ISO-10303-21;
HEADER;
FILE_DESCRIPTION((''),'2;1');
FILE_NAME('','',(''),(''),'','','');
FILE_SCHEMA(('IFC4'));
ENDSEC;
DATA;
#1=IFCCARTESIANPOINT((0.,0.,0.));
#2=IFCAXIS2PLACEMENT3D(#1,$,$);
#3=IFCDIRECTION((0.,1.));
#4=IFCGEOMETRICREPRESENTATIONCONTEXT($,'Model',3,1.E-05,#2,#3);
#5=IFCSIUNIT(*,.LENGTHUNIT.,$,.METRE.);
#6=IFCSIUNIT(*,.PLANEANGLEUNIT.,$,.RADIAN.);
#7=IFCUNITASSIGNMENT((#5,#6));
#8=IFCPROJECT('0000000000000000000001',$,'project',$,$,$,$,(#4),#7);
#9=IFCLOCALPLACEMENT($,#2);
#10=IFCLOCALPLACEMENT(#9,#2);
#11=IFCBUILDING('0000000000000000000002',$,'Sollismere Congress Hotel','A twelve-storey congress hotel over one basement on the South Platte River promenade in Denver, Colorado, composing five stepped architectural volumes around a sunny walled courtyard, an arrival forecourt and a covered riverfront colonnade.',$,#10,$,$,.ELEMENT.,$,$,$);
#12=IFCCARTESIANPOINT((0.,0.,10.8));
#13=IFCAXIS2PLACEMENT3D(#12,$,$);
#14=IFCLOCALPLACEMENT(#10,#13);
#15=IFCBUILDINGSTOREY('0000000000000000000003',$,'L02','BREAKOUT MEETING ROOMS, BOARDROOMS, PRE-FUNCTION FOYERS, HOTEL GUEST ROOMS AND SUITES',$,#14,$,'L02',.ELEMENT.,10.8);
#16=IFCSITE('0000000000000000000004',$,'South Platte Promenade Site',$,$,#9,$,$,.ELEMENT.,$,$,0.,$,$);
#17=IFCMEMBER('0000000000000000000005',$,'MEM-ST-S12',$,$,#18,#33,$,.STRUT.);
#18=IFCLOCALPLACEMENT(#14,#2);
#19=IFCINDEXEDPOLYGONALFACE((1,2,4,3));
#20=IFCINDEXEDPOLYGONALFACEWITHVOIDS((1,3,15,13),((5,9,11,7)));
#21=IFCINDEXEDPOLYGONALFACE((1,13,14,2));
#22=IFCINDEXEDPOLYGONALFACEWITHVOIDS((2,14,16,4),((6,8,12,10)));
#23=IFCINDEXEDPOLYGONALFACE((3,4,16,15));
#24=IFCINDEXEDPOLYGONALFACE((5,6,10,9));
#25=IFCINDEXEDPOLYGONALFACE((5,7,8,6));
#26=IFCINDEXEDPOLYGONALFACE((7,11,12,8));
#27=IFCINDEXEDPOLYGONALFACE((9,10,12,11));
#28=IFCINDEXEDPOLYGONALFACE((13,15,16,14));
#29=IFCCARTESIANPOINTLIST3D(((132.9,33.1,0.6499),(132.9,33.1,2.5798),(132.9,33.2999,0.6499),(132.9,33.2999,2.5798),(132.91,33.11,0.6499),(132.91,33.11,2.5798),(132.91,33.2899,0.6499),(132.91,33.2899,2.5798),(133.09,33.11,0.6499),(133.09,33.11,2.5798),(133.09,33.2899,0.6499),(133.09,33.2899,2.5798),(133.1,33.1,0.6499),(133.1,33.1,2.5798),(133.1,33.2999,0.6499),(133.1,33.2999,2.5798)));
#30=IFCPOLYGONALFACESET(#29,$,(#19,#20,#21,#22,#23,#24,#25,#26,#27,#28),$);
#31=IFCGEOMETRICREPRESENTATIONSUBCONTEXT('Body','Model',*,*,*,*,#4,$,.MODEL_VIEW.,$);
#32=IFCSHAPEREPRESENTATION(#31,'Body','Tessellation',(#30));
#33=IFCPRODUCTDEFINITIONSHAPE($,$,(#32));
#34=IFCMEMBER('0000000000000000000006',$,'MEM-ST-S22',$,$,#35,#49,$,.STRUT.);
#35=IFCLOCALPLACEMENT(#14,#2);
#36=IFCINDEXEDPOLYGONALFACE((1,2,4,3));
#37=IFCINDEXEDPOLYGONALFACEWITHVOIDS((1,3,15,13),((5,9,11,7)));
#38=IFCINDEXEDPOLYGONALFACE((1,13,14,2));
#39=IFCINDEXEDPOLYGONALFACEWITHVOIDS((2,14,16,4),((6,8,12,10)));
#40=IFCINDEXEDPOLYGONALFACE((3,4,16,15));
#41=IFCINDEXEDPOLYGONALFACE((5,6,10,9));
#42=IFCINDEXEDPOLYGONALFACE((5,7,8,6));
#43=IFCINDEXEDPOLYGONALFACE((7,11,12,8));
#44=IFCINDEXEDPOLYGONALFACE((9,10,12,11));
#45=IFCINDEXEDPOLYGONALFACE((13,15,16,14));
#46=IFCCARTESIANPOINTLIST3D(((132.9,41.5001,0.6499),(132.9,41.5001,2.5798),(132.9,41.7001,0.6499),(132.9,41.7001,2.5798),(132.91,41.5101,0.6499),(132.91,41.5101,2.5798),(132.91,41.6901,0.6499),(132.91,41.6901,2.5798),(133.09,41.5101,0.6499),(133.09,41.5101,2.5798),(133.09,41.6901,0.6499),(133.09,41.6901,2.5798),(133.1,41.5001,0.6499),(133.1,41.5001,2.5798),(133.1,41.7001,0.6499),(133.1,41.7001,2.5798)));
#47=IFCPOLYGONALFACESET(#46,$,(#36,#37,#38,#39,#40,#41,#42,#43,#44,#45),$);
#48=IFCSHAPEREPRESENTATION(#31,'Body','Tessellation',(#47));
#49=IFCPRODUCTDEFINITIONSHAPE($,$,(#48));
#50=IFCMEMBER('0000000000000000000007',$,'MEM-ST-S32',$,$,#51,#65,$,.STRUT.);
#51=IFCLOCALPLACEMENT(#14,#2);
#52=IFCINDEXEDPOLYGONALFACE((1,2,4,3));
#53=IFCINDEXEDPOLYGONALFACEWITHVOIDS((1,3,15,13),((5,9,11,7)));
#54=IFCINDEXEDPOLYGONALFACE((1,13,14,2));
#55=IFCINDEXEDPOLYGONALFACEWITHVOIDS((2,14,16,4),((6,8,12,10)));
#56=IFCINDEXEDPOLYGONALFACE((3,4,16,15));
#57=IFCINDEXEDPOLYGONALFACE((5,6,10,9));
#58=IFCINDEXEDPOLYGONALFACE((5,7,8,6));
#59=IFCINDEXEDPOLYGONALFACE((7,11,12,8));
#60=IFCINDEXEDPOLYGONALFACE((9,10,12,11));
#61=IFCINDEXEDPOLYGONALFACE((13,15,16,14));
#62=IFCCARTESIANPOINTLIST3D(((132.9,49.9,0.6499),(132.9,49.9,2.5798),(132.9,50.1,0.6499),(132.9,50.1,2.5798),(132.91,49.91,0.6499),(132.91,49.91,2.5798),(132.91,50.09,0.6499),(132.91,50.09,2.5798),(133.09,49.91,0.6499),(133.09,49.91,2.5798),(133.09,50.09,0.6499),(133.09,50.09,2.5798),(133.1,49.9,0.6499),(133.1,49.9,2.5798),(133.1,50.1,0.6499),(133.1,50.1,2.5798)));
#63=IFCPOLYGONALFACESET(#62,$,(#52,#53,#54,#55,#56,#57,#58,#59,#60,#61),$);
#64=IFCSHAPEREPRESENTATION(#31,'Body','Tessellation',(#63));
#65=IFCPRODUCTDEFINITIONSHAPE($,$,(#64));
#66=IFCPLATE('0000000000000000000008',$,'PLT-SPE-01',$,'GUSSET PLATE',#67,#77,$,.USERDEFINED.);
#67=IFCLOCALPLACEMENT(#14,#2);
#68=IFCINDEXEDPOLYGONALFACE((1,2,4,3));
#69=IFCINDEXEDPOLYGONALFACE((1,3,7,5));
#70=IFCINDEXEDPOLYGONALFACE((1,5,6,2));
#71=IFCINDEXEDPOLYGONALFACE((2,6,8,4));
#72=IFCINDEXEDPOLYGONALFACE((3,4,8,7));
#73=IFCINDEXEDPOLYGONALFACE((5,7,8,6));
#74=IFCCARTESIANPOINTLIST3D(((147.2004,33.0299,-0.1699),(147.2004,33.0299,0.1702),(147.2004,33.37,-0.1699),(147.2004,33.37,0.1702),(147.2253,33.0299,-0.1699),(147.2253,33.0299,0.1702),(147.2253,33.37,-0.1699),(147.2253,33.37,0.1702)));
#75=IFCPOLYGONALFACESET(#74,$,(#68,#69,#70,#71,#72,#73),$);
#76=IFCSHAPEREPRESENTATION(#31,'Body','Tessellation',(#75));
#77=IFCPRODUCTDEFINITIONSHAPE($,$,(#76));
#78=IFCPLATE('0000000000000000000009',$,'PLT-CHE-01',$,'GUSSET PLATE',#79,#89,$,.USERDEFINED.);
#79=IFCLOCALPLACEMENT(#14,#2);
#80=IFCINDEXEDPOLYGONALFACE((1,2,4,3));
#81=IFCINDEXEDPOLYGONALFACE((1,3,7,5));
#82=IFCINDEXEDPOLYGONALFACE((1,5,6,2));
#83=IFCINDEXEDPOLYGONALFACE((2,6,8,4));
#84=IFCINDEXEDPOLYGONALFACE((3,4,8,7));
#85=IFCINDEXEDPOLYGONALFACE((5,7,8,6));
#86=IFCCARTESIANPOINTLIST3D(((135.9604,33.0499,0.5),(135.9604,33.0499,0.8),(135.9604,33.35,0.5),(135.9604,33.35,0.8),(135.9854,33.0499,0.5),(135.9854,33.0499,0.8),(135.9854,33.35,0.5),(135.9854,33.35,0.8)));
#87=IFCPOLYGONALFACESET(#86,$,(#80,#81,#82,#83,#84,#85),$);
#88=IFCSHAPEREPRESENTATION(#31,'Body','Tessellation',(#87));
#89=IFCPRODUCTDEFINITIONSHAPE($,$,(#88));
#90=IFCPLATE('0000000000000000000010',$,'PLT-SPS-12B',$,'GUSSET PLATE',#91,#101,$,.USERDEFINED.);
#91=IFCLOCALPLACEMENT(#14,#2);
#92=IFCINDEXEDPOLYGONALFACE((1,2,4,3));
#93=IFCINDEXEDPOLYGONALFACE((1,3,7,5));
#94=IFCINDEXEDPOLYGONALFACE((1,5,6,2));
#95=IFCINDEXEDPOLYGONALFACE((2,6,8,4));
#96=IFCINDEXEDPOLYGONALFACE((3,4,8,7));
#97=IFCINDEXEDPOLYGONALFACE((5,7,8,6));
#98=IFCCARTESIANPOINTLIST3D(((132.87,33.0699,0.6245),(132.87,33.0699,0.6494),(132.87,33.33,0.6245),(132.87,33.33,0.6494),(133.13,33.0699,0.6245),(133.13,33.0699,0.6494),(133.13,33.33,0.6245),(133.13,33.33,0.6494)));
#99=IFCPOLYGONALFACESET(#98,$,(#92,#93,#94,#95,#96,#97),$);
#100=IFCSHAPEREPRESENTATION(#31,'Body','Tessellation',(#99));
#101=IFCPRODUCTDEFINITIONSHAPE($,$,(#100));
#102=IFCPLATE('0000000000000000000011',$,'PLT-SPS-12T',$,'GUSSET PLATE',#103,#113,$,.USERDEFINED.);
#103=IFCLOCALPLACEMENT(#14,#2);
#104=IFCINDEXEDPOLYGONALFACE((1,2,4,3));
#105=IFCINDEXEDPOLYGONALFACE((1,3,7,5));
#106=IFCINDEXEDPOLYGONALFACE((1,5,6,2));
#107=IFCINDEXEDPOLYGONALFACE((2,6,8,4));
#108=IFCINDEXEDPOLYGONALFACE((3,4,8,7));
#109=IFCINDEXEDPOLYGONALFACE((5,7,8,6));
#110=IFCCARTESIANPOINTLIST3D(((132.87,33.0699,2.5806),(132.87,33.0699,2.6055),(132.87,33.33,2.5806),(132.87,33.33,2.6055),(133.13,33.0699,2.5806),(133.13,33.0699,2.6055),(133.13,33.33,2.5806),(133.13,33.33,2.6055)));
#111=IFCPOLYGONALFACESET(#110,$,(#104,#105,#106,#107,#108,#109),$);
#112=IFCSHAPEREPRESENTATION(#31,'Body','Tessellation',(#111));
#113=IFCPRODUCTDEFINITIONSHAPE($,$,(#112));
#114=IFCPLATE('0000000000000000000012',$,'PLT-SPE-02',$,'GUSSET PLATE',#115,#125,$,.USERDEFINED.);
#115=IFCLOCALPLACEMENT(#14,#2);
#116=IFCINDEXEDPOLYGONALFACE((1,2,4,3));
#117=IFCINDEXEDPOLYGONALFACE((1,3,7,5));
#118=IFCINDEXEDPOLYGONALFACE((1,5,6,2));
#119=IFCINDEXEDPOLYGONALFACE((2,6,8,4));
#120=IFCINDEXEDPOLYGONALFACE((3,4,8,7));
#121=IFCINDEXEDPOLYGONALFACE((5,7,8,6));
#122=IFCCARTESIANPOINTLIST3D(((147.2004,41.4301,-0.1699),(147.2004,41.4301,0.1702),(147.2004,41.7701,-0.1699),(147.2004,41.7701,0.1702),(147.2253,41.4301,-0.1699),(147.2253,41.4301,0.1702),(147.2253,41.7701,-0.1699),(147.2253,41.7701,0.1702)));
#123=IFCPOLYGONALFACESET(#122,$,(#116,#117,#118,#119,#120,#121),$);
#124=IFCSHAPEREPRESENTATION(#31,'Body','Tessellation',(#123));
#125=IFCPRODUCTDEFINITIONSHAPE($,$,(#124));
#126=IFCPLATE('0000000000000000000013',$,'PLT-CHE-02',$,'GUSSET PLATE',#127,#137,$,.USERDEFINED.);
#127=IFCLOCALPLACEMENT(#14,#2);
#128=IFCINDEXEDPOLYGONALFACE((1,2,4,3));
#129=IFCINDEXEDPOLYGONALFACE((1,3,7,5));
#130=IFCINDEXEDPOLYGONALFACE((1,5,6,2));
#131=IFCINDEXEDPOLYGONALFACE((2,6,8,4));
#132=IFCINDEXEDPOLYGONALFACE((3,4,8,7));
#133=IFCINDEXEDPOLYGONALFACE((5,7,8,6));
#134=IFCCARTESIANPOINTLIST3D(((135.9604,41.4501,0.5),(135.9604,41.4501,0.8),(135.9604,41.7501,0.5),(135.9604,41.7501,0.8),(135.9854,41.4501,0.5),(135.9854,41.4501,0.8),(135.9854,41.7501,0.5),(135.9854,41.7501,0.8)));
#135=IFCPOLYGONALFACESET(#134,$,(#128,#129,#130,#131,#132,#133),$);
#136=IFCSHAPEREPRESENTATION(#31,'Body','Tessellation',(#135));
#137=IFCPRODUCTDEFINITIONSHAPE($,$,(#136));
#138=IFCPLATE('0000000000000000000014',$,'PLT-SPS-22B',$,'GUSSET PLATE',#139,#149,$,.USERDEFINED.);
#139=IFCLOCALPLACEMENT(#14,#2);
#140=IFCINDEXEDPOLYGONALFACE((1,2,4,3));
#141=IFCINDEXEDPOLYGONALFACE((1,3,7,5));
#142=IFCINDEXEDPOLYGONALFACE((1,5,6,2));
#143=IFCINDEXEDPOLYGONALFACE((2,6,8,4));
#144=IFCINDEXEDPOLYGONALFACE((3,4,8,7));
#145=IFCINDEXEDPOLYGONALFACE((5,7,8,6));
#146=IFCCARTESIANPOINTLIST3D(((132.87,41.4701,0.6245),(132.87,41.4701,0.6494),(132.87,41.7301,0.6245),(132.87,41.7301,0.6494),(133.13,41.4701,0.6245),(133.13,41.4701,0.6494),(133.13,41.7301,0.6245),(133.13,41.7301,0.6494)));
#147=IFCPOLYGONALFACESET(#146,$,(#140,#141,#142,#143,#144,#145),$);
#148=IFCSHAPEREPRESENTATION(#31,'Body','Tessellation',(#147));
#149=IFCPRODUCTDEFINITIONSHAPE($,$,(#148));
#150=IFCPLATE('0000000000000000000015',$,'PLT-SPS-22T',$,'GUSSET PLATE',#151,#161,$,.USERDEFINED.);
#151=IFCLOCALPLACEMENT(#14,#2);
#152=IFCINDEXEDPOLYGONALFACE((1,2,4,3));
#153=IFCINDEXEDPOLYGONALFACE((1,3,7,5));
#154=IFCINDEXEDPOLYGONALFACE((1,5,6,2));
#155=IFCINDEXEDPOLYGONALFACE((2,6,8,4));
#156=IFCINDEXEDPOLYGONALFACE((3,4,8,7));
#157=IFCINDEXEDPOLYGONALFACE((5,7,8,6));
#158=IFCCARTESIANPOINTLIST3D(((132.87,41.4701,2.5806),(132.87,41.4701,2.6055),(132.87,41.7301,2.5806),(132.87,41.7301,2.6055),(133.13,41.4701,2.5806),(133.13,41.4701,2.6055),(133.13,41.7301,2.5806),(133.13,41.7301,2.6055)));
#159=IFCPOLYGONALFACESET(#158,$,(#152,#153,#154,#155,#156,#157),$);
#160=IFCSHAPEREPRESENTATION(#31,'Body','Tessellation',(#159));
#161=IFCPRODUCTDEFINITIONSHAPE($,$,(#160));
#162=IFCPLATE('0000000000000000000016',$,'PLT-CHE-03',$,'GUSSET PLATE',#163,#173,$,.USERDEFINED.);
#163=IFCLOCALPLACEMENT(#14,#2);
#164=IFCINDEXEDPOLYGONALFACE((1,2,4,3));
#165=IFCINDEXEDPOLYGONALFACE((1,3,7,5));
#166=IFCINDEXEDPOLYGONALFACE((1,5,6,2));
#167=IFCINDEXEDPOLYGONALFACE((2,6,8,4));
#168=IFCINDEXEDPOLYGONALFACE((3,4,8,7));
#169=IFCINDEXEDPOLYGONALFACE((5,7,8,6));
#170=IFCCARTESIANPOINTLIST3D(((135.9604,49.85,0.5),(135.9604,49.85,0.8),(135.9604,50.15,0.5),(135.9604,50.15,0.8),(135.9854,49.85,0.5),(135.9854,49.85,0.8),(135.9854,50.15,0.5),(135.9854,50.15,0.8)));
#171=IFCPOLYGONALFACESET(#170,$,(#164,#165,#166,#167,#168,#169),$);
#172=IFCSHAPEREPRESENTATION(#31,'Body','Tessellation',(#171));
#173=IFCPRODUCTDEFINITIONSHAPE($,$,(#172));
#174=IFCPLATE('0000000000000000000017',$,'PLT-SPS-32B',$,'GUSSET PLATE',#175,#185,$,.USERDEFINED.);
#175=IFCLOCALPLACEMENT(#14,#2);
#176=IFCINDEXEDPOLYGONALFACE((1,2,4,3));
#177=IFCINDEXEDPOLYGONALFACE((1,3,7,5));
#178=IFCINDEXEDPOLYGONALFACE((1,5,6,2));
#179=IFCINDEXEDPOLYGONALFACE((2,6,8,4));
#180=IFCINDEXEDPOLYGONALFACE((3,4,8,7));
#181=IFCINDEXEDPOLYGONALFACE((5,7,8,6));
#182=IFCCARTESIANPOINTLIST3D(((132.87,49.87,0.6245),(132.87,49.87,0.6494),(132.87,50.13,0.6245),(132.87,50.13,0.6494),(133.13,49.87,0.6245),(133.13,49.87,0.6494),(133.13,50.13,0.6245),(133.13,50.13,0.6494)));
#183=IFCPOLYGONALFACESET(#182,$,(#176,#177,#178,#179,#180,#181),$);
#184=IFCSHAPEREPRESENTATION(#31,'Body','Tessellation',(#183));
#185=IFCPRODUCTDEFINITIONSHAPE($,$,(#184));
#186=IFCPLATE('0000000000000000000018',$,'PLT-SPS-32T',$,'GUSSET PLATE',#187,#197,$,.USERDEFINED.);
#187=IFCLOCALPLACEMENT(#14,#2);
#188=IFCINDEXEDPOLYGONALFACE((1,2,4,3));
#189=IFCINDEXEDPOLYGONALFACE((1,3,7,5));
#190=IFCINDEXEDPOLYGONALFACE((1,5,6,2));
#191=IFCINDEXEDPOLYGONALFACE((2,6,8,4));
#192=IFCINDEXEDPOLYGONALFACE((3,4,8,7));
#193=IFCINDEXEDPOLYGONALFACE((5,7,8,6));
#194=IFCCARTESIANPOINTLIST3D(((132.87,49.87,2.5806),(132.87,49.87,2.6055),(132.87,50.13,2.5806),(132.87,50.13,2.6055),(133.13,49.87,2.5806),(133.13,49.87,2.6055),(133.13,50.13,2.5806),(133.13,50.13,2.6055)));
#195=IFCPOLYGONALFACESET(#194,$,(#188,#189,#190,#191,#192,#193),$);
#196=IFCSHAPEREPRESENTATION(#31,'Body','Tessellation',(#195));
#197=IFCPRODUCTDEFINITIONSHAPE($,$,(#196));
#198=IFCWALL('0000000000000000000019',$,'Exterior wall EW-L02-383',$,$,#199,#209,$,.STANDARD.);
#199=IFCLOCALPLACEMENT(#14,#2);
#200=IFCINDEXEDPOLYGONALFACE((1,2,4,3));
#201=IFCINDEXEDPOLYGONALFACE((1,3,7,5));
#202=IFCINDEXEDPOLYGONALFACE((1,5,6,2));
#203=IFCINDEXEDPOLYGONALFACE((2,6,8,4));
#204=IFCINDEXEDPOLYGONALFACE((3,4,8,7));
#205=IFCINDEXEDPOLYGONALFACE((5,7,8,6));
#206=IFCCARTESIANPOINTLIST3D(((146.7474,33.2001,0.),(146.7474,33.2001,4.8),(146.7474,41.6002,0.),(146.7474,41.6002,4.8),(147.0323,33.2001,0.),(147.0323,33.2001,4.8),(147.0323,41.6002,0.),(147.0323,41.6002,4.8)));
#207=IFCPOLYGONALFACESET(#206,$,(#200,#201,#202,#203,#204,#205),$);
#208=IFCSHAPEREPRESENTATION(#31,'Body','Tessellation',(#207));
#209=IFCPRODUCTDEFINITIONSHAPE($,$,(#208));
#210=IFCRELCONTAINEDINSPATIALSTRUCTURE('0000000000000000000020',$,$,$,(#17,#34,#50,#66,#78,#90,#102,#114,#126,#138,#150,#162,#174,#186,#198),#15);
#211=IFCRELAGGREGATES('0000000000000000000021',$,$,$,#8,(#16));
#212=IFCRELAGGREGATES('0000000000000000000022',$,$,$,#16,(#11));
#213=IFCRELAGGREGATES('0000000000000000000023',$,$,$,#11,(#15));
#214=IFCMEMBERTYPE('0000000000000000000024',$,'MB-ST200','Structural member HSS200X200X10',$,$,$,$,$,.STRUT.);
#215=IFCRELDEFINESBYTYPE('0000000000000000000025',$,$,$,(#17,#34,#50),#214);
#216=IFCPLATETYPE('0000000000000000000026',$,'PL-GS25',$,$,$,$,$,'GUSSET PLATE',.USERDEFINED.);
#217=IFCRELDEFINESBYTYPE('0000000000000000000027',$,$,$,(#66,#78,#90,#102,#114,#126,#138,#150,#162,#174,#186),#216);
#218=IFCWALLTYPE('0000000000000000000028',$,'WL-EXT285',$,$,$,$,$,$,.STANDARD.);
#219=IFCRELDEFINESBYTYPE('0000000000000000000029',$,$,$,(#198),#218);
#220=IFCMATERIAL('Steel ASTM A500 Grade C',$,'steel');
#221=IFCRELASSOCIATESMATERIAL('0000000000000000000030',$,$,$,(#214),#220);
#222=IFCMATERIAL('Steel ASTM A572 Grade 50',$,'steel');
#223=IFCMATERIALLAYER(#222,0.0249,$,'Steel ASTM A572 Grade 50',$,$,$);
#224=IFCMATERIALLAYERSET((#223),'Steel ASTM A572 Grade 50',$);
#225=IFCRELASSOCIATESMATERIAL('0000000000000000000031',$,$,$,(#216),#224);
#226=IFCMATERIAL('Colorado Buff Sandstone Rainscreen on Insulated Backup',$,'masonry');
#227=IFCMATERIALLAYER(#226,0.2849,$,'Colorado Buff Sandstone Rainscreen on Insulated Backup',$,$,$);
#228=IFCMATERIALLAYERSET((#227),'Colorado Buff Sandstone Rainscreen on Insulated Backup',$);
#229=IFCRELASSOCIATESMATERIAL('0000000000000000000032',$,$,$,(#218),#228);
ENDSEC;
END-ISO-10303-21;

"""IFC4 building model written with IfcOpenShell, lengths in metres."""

from ifc_helpers import new_model, si_unit, direction, frame, frame_2d, origin, origin_2d, place, context, subcontext, project, spatial, rectangle, hollow_rectangle, extrude, material, layer, layer_set, material_profile, profile_set, type_object, element, save


model = new_model("IFC4")

# Units and contexts
model_context = context("Model", 3, precision=1e-05, world=origin(), true_north=direction((0.0, 1.0)))
body_context = subcontext(model_context, "Body", "Model", "MODEL_VIEW")
ifc_project = project(units=[si_unit("LENGTHUNIT", "METRE"), si_unit("PLANEANGLEUNIT", "RADIAN")], contexts=[model_context])

# Site, building, storey
site_placement = place(None, origin())
site = spatial("IfcSite", under=ifc_project, at=site_placement, Name="South Platte Promenade Site", CompositionType="ELEMENT", RefElevation=0.0)
building_placement = place(site_placement, origin())
building = spatial("IfcBuilding", under=site, at=building_placement, Name="Sollismere Congress Hotel", Description="A twelve-storey congress hotel over one basement on the South Platte River promenade in Denver, Colorado, composing five stepped architectural volumes around a sunny walled courtyard, an arrival forecourt and a covered riverfront colonnade.", CompositionType="ELEMENT")
storey_placement = place(building_placement, frame((0.0, 0.0, 10.8)))
storey = spatial("IfcBuildingStorey", under=building, at=storey_placement, Name="L02", Description="BREAKOUT MEETING ROOMS, BOARDROOMS, PRE-FUNCTION FOYERS, HOTEL GUEST ROOMS AND SUITES", LongName="L02", CompositionType="ELEMENT", Elevation=10.8)

# Members
ifc_material_1 = material(Name="Steel ASTM A500 Grade C", Category="steel")
ifc_material_profile_1 = material_profile(ifc_material_1, hollow_rectangle(XDim=0.2, YDim=0.2, WallThickness=0.01, at=origin_2d()), Name="HSS200X200X10")
ifc_profile_set_1 = profile_set([ifc_material_profile_1], Name="Steel ASTM A500 Grade C")
member_type_1 = type_object("IfcMemberType", Name="MB-ST200", Description="Structural member HSS200X200X10", PredefinedType="STRUT", material=ifc_profile_set_1)
for number, where, z_axis, x_axis, name in (
    (1, (133.0, 33.2, 0.6499), (0.0, 0.0, 1.0), (1.0, 0.0, 0.0), "MEM-ST-S12"),
    (2, (133.0, 41.6001, 0.6499), (0.0, 0.0, 1.0), (1.0, 0.0, 0.0), "MEM-ST-S22"),
    (3, (133.0, 50.0, 0.6499), (0.0, 0.0, 1.0), (1.0, 0.0, 0.0), "MEM-ST-S32"),
):
    element("IfcMember", number, at=place(storey_placement, frame(where, z_axis=z_axis, x_axis=x_axis)), inside=storey, type_object=member_type_1, Name=name, PredefinedType="STRUT", context=body_context, shape_type="SweptSolid", body=[
        extrude(hollow_rectangle(XDim=0.2, YDim=0.2, WallThickness=0.01, at=origin_2d()), origin(), (0.0, 0.0, 1.0), 1.9299),
    ])

# Plates
ifc_material_2 = material(Name="Steel ASTM A572 Grade 50", Category="steel")
ifc_layer_1 = layer(ifc_material_2, 0.0249, Name="Steel ASTM A572 Grade 50")
ifc_layer_set_1 = layer_set([ifc_layer_1], Name="Steel ASTM A572 Grade 50")
plate_type = type_object("IfcPlateType", Name="PL-GS25", ElementType="GUSSET PLATE", PredefinedType="USERDEFINED", material=ifc_layer_set_1)
plate_1_placement = place(storey_placement, frame((147.2129, 33.2, -0.1699), z_axis=(0.0, 0.0, 1.0), x_axis=(1.0, 0.0, 0.0)))
element("IfcPlate", 4, at=plate_1_placement, inside=storey, type_object=plate_type, Name="PLT-SPE-01", ObjectType="GUSSET PLATE", PredefinedType="USERDEFINED", context=body_context, shape_type="SweptSolid", body=[
    extrude(rectangle(XDim=0.0249, YDim=0.3401, at=origin_2d()), origin(), (0.0, 0.0, 1.0), 0.3401),
])
plate_2_placement = place(storey_placement, frame((135.9729, 33.2, 0.5), z_axis=(0.0, 0.0, 1.0), x_axis=(1.0, 0.0, 0.0)))
element("IfcPlate", 5, at=plate_2_placement, inside=storey, type_object=plate_type, Name="PLT-CHE-01", ObjectType="GUSSET PLATE", PredefinedType="USERDEFINED", context=body_context, shape_type="SweptSolid", body=[
    extrude(rectangle(XDim=0.0249, YDim=0.3, at=origin_2d()), origin(), (0.0, 0.0, 1.0), 0.3),
])
for number, where, z_axis, x_axis, name in (
    (6, (133.0, 33.2, 0.6245), (0.0, 0.0, 1.0), (1.0, 0.0, 0.0), "PLT-SPS-12B"),
    (7, (133.0, 33.2, 2.5806), (0.0, 0.0, 1.0), (1.0, 0.0, 0.0), "PLT-SPS-12T"),
):
    element("IfcPlate", number, at=place(storey_placement, frame(where, z_axis=z_axis, x_axis=x_axis)), inside=storey, type_object=plate_type, Name=name, ObjectType="GUSSET PLATE", PredefinedType="USERDEFINED", context=body_context, shape_type="SweptSolid", body=[
        extrude(rectangle(XDim=0.26, YDim=0.26, at=origin_2d()), origin(), (0.0, 0.0, 1.0), 0.0249),
    ])
plate_3_placement = place(storey_placement, frame((147.2129, 41.6001, -0.1699), z_axis=(0.0, 0.0, 1.0), x_axis=(1.0, 0.0, 0.0)))
element("IfcPlate", 8, at=plate_3_placement, inside=storey, type_object=plate_type, Name="PLT-SPE-02", ObjectType="GUSSET PLATE", PredefinedType="USERDEFINED", context=body_context, shape_type="SweptSolid", body=[
    extrude(rectangle(XDim=0.0249, YDim=0.3401, at=origin_2d()), origin(), (0.0, 0.0, 1.0), 0.3401),
])
plate_4_placement = place(storey_placement, frame((135.9729, 41.6001, 0.5), z_axis=(0.0, 0.0, 1.0), x_axis=(1.0, 0.0, 0.0)))
element("IfcPlate", 9, at=plate_4_placement, inside=storey, type_object=plate_type, Name="PLT-CHE-02", ObjectType="GUSSET PLATE", PredefinedType="USERDEFINED", context=body_context, shape_type="SweptSolid", body=[
    extrude(rectangle(XDim=0.0249, YDim=0.3, at=origin_2d()), origin(), (0.0, 0.0, 1.0), 0.3),
])
for number, where, z_axis, x_axis, name in (
    (10, (133.0, 41.6001, 0.6245), (0.0, 0.0, 1.0), (1.0, 0.0, 0.0), "PLT-SPS-22B"),
    (11, (133.0, 41.6001, 2.5806), (0.0, 0.0, 1.0), (1.0, 0.0, 0.0), "PLT-SPS-22T"),
):
    element("IfcPlate", number, at=place(storey_placement, frame(where, z_axis=z_axis, x_axis=x_axis)), inside=storey, type_object=plate_type, Name=name, ObjectType="GUSSET PLATE", PredefinedType="USERDEFINED", context=body_context, shape_type="SweptSolid", body=[
        extrude(rectangle(XDim=0.26, YDim=0.26, at=origin_2d()), origin(), (0.0, 0.0, 1.0), 0.0249),
    ])
plate_5_placement = place(storey_placement, frame((135.9729, 50.0, 0.5), z_axis=(0.0, 0.0, 1.0), x_axis=(1.0, 0.0, 0.0)))
element("IfcPlate", 12, at=plate_5_placement, inside=storey, type_object=plate_type, Name="PLT-CHE-03", ObjectType="GUSSET PLATE", PredefinedType="USERDEFINED", context=body_context, shape_type="SweptSolid", body=[
    extrude(rectangle(XDim=0.0249, YDim=0.3, at=origin_2d()), origin(), (0.0, 0.0, 1.0), 0.3),
])
for number, where, z_axis, x_axis, name in (
    (13, (133.0, 50.0, 0.6245), (0.0, 0.0, 1.0), (1.0, 0.0, 0.0), "PLT-SPS-32B"),
    (14, (133.0, 50.0, 2.5806), (0.0, 0.0, 1.0), (1.0, 0.0, 0.0), "PLT-SPS-32T"),
):
    element("IfcPlate", number, at=place(storey_placement, frame(where, z_axis=z_axis, x_axis=x_axis)), inside=storey, type_object=plate_type, Name=name, ObjectType="GUSSET PLATE", PredefinedType="USERDEFINED", context=body_context, shape_type="SweptSolid", body=[
        extrude(rectangle(XDim=0.26, YDim=0.26, at=origin_2d()), origin(), (0.0, 0.0, 1.0), 0.0249),
    ])

# Wall
ifc_material_3 = material(Name="Colorado Buff Sandstone Rainscreen on Insulated Backup", Category="masonry")
ifc_layer_2 = layer(ifc_material_3, 0.2849, Name="Colorado Buff Sandstone Rainscreen on Insulated Backup")
ifc_layer_set_2 = layer_set([ifc_layer_2], Name="Colorado Buff Sandstone Rainscreen on Insulated Backup")
wall_type_1 = type_object("IfcWallType", Name="WL-EXT285", PredefinedType="STANDARD", material=ifc_layer_set_2)
wall_1_placement = place(storey_placement, frame((146.8899, 33.2, 0.0), z_axis=(0.0, 0.0, 1.0), x_axis=(0.0, 1.0, 0.0)))
element("IfcWall", 15, at=wall_1_placement, inside=storey, type_object=wall_type_1, Name="Exterior wall EW-L02-383", PredefinedType="STANDARD", context=body_context, shape_type="SweptSolid", body=[
    extrude(rectangle(XDim=8.4001, YDim=0.2849, at=frame_2d((4.2002, 0.0))), origin(), (0.0, 0.0, 1.0), 4.8),
])

save(model, "model.ifc")
